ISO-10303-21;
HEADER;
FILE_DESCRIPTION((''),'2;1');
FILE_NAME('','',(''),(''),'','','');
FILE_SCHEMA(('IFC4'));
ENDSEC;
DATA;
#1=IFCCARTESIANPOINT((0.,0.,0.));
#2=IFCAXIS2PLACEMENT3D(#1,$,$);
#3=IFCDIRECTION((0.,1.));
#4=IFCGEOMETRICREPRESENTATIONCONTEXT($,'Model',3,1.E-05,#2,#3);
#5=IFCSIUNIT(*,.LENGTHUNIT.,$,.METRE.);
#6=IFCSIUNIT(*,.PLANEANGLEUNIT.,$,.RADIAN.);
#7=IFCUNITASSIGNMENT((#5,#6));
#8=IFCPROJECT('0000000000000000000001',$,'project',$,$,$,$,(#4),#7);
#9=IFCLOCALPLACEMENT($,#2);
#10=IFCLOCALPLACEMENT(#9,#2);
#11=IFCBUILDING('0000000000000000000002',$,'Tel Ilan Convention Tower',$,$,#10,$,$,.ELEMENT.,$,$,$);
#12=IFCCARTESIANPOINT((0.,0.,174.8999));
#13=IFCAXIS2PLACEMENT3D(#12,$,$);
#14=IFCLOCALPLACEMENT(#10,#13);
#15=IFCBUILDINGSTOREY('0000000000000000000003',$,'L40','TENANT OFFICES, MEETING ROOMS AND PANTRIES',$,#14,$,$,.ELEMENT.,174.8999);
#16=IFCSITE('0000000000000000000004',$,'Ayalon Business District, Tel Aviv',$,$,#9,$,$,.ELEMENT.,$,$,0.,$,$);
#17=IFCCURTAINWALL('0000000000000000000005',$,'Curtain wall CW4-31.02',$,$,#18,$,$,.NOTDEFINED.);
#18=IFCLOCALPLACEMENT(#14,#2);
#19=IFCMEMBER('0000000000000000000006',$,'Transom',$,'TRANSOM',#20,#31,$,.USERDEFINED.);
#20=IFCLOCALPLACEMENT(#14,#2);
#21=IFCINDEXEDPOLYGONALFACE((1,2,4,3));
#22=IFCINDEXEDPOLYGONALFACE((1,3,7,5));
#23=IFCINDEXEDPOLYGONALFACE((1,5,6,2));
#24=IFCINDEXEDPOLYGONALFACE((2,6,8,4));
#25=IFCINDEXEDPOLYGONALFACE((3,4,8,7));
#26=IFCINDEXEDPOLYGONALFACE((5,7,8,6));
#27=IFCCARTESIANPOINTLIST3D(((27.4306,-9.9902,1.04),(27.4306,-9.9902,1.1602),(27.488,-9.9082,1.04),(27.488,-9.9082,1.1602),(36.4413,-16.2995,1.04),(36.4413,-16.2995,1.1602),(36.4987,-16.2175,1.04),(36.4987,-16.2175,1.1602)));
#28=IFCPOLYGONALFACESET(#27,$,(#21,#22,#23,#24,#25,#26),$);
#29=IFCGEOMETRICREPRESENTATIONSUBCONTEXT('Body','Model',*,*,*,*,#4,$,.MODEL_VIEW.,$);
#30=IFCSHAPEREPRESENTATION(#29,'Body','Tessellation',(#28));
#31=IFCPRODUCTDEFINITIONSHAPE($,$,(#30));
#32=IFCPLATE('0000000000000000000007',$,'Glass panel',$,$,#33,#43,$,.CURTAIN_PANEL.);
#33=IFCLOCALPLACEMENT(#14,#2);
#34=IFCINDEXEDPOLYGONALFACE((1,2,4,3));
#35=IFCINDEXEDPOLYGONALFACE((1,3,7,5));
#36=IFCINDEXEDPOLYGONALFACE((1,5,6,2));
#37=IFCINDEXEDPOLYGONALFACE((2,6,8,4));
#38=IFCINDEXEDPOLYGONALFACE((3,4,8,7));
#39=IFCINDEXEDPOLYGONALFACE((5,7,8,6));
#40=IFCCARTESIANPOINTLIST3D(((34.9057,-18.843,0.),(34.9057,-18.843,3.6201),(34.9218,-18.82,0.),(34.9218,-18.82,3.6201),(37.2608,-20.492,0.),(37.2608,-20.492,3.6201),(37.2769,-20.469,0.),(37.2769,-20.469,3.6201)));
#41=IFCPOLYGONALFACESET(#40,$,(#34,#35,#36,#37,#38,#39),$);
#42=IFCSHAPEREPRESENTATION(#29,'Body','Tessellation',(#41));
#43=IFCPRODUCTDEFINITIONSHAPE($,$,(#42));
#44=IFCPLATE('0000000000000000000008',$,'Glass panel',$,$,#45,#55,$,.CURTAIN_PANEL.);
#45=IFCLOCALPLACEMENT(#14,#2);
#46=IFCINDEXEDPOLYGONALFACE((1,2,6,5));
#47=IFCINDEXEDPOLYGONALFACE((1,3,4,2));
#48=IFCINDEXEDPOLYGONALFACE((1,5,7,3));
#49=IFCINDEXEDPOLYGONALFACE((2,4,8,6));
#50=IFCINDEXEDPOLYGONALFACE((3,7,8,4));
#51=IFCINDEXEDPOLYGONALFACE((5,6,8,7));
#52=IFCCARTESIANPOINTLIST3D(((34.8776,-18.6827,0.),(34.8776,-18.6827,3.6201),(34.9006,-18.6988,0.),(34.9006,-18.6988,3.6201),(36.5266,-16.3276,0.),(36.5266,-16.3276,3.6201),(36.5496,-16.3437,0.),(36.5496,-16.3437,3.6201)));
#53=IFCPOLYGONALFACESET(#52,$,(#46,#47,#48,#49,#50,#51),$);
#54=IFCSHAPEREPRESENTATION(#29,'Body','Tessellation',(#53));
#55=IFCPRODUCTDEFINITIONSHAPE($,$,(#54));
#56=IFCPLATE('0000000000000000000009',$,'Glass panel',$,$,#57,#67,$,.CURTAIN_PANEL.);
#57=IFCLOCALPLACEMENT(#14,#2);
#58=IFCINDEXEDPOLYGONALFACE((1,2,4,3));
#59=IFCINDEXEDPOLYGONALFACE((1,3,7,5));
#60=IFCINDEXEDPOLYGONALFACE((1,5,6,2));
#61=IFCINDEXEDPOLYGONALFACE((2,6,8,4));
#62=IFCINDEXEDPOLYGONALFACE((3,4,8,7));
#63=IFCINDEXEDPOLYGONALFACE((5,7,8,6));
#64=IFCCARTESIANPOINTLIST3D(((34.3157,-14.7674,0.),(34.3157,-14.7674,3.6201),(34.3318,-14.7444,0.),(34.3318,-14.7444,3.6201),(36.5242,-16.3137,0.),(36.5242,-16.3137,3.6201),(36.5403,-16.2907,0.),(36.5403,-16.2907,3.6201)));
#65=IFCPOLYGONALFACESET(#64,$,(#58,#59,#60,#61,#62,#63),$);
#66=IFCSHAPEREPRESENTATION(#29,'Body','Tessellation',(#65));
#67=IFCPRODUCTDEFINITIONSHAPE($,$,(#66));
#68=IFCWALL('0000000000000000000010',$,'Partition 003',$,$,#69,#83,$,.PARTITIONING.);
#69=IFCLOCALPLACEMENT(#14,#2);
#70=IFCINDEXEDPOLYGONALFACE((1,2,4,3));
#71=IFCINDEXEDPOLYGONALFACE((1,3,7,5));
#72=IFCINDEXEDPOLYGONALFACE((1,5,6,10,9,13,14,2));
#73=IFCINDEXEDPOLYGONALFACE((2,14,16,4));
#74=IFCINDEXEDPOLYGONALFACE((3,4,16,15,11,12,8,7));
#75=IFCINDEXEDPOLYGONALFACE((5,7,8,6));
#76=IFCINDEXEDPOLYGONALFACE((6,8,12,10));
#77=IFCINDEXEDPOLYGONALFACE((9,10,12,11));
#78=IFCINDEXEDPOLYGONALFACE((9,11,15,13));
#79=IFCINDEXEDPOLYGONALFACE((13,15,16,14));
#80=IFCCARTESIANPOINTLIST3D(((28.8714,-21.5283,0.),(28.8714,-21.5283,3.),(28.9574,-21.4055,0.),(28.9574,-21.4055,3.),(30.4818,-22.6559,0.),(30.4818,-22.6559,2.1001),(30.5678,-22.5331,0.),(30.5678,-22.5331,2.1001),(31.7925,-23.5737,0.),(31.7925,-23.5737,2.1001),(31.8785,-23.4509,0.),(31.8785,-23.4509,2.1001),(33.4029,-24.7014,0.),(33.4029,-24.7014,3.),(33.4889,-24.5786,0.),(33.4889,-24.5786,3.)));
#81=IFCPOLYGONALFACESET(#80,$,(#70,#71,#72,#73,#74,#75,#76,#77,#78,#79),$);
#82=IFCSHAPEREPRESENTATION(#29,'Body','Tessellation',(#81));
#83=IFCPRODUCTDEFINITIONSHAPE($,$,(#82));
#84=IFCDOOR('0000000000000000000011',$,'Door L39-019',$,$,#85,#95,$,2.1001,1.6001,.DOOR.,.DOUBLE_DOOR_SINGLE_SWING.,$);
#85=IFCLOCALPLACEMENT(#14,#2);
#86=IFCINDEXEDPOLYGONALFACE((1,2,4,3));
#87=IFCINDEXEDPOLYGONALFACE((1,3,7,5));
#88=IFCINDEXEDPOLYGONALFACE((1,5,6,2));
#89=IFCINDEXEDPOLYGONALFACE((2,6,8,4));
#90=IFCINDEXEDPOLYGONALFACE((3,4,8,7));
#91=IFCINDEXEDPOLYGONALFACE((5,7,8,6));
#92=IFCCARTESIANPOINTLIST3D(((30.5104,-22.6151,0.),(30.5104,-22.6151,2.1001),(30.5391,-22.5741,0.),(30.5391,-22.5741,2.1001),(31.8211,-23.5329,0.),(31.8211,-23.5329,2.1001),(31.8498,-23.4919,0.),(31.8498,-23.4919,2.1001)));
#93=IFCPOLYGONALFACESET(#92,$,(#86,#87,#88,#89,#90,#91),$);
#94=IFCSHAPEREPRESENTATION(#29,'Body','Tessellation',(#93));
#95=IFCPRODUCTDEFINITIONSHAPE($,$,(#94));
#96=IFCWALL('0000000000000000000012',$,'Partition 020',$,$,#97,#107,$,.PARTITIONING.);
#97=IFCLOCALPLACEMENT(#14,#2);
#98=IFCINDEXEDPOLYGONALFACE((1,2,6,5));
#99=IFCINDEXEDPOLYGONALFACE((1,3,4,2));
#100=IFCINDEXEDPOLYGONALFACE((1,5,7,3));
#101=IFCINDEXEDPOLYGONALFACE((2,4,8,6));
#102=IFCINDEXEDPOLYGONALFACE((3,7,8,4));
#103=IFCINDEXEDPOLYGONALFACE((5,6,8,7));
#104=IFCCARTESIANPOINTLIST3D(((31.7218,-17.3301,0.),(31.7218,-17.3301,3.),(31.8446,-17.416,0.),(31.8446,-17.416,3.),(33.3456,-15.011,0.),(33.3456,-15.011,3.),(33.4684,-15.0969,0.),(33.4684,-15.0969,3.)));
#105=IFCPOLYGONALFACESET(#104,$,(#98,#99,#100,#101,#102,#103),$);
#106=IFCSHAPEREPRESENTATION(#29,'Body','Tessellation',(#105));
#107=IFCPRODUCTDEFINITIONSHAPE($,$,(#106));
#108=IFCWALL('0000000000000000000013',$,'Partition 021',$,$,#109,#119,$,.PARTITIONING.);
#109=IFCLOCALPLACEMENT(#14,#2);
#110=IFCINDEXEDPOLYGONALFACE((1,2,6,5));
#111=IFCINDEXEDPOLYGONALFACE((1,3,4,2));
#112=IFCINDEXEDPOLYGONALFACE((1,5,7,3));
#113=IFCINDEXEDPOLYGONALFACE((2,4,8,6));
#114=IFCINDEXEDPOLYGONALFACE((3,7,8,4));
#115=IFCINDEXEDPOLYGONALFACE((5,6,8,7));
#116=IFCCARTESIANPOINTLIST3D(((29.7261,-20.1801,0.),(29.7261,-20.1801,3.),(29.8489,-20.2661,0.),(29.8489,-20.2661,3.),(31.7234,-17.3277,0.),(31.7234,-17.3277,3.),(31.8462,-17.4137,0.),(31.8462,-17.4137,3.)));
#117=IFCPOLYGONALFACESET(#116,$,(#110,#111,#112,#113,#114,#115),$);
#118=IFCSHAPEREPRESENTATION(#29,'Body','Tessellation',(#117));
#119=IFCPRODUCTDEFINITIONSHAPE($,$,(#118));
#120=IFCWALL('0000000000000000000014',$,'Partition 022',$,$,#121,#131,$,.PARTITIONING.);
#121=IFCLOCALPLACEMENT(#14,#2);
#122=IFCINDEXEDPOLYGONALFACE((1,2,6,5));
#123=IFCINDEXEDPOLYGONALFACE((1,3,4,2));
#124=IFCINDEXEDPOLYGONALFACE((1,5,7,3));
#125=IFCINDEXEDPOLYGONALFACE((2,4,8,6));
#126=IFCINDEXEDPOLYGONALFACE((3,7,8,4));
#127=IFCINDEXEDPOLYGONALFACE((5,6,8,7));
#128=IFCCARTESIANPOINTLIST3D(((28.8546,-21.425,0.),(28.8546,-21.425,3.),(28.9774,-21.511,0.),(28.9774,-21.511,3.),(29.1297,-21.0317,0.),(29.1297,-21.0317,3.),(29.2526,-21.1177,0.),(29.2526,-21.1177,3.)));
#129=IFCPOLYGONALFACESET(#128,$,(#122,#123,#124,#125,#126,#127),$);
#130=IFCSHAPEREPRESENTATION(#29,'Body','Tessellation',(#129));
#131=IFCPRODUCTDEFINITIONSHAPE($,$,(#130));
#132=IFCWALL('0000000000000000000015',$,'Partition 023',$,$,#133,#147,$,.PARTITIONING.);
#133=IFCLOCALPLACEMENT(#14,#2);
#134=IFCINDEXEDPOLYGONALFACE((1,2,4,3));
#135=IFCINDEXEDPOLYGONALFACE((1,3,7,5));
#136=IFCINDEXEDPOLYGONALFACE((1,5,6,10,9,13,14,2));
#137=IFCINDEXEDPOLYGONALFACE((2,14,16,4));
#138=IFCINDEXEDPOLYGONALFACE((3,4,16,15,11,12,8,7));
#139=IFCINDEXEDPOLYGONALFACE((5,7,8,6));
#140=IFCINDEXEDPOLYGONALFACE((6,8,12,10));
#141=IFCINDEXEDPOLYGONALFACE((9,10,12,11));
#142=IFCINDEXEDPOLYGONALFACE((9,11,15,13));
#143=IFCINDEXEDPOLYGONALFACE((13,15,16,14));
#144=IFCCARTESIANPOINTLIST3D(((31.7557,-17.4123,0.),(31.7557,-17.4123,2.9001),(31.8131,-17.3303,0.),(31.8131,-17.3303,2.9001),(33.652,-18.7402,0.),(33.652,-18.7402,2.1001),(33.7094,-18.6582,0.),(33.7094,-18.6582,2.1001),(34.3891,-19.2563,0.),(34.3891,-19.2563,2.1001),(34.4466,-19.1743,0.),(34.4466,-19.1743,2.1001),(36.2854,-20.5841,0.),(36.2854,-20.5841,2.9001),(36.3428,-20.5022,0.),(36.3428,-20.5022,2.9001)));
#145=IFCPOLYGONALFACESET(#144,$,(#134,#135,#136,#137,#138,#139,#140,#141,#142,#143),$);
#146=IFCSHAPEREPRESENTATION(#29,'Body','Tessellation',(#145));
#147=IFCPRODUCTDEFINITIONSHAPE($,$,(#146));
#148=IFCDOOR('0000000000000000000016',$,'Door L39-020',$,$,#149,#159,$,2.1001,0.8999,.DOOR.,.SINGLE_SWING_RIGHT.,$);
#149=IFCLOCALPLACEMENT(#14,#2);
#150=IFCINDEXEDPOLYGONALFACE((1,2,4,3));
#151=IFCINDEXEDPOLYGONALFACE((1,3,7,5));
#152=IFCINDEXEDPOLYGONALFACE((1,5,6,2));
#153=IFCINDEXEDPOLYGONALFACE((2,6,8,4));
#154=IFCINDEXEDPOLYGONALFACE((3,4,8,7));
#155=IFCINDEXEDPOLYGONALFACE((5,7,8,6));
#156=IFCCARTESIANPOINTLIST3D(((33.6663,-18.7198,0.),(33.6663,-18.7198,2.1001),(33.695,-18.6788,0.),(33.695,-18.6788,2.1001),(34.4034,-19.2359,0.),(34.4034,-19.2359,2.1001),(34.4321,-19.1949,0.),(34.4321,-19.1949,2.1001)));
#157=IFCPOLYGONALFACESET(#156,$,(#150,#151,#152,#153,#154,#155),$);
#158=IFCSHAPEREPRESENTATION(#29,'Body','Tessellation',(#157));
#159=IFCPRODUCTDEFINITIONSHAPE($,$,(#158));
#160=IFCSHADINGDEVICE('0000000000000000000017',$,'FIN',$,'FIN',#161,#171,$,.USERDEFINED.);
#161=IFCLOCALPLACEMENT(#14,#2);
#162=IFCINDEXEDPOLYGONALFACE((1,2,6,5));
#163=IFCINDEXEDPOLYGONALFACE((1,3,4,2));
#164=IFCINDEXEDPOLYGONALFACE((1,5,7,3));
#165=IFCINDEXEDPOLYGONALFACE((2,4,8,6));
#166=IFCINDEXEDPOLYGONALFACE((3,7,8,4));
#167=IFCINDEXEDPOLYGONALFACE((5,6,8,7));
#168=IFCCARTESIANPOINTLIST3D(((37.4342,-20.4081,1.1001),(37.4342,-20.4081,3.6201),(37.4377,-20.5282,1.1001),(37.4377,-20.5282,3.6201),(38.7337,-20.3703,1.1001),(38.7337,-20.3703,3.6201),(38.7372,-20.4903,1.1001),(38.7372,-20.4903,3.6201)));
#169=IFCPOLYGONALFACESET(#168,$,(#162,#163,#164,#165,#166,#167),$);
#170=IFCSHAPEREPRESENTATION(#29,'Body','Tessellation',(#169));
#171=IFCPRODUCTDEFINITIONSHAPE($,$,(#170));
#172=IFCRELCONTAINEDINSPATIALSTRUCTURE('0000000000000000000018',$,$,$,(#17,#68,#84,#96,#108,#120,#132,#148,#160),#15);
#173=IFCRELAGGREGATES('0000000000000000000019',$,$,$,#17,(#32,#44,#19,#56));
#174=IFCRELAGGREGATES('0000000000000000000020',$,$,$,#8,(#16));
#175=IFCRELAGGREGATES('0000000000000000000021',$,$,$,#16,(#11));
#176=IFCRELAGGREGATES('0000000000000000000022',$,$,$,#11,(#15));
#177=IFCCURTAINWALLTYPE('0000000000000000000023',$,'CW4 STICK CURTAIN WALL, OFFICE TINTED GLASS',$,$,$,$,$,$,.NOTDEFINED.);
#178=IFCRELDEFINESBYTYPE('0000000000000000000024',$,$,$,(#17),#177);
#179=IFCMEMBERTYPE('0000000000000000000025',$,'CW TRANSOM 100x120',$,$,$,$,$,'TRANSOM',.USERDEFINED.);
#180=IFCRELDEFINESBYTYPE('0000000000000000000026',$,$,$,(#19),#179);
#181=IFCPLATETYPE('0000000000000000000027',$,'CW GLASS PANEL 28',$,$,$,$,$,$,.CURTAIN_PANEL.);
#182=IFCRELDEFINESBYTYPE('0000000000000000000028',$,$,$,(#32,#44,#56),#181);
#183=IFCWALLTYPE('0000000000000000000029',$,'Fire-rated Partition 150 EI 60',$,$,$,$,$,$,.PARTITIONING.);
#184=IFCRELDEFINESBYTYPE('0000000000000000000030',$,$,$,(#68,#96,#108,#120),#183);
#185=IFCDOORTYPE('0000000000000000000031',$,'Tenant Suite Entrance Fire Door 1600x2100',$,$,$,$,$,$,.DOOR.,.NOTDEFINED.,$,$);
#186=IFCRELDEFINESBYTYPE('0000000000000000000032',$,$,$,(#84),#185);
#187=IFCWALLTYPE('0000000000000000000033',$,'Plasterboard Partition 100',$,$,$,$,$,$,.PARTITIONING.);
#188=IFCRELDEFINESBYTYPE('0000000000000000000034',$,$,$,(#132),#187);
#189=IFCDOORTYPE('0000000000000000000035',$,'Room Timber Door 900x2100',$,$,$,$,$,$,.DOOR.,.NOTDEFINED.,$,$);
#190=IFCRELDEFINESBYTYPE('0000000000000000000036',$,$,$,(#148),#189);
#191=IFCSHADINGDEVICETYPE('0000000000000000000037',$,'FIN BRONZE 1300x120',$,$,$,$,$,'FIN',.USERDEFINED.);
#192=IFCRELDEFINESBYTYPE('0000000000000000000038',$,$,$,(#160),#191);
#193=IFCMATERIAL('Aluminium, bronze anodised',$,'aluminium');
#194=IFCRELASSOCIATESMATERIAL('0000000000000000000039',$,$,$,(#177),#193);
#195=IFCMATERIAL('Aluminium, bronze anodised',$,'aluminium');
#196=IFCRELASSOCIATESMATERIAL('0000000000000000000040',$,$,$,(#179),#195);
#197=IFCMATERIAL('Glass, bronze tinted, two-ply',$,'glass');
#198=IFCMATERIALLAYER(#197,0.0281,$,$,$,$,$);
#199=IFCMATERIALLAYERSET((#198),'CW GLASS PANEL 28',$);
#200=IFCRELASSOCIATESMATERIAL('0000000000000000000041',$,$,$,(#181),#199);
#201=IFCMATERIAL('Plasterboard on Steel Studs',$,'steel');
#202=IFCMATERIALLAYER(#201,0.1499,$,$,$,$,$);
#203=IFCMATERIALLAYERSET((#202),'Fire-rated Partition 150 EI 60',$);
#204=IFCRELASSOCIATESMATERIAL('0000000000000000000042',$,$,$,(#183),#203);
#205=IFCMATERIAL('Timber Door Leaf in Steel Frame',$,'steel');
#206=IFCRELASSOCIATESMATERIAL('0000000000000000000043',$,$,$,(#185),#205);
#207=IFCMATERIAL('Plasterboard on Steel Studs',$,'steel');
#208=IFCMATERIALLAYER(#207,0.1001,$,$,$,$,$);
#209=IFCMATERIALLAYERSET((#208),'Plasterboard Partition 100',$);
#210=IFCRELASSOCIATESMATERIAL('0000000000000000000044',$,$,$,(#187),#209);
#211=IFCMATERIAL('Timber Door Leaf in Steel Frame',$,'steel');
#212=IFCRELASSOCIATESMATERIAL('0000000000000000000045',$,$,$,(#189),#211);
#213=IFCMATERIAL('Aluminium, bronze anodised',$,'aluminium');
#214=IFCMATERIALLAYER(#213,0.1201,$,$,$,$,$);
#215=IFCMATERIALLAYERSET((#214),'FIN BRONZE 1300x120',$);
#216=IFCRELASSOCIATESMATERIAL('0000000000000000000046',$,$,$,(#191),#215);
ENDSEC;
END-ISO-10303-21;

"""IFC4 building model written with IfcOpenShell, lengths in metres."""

from ifc_helpers import new_model, si_unit, direction, frame, frame_2d, origin, origin_2d, place, context, subcontext, project, spatial, rectangle, extrude, material, layer, layer_set, material_profile, profile_set, type_object, element, fill, aggregate, save


model = new_model("IFC4")

# Units and contexts
model_context = context("Model", 3, precision=1e-05, world=origin(), true_north=direction((0.0, 1.0)))
body_context = subcontext(model_context, "Body", "Model", "MODEL_VIEW")
ifc_project = project(units=[si_unit("LENGTHUNIT", "METRE"), si_unit("PLANEANGLEUNIT", "RADIAN")], contexts=[model_context])

# Site, building, storey
site_placement = place(None, origin())
site = spatial("IfcSite", under=ifc_project, at=site_placement, Name="Ayalon Business District, Tel Aviv", CompositionType="ELEMENT", RefElevation=0.0)
building_placement = place(site_placement, origin())
building = spatial("IfcBuilding", under=site, at=building_placement, Name="Tel Ilan Convention Tower", CompositionType="ELEMENT")
storey_placement = place(building_placement, frame((0.0, 0.0, 174.8999)))
storey = spatial("IfcBuildingStorey", under=building, at=storey_placement, Name="L40", Description="TENANT OFFICES, MEETING ROOMS AND PANTRIES", CompositionType="ELEMENT", Elevation=174.8999)

# Curtain wall, member, plates
ifc_material_1 = material(Name="Aluminium, bronze anodised", Category="aluminium")
curtain_wall_type = type_object("IfcCurtainWallType", Name="CW4 STICK CURTAIN WALL, OFFICE TINTED GLASS", PredefinedType="NOTDEFINED", material=ifc_material_1)
curtain_wall_placement = place(storey_placement, origin())
curtain_wall = element("IfcCurtainWall", 1, at=curtain_wall_placement, inside=storey, type_object=curtain_wall_type, Name="Curtain wall CW4-31.02", PredefinedType="NOTDEFINED")
ifc_material_2 = material(Name="Aluminium, bronze anodised", Category="aluminium")
ifc_material_profile_1 = material_profile(ifc_material_2, rectangle(XDim=0.1001, YDim=0.1201, at=origin_2d()), Name="CW TRANSOM 100x120")
ifc_profile_set_1 = profile_set([ifc_material_profile_1], Name="Aluminium, bronze anodised")
member_type_1 = type_object("IfcMemberType", Name="CW TRANSOM 100x120", ElementType="TRANSOM", PredefinedType="USERDEFINED", material=ifc_profile_set_1)
member_1_placement = place(storey_placement, frame((36.47, -16.2585, 1.1001), z_axis=(-0.819155, 0.573573, 0.0), x_axis=(-0.573573, -0.819155, 0.0)))
member_1 = element("IfcMember", 2, at=member_1_placement, type_object=member_type_1, Name="Transom", ObjectType="TRANSOM", PredefinedType="USERDEFINED", context=body_context, shape_type="SweptSolid", body=[
    extrude(rectangle(XDim=0.1001, YDim=0.1201, at=origin_2d()), origin(), (0.0, 0.0, 1.0), 11.0),
])
ifc_material_3 = material(Name="Glass, bronze tinted, two-ply", Category="glass")
ifc_layer_1 = layer(ifc_material_3, 0.0281)
ifc_layer_set_1 = layer_set([ifc_layer_1], Name="CW GLASS PANEL 28")
plate_type = type_object("IfcPlateType", Name="CW GLASS PANEL 28", PredefinedType="CURTAIN_PANEL", material=ifc_layer_set_1)
plate_1_placement = place(storey_placement, frame((36.0913, -19.656, 0.0), z_axis=(0.0, 0.0, 1.0), x_axis=(-0.819152, 0.573576, 0.0)))
plate_1 = element("IfcPlate", 3, at=plate_1_placement, type_object=plate_type, Name="Glass panel", PredefinedType="CURTAIN_PANEL", context=body_context, shape_type="SweptSolid", body=[
    extrude(rectangle(XDim=2.875, YDim=0.0281, at=origin_2d()), origin(), (0.0, 0.0, 1.0), 3.6201),
])
plate_2_placement = place(storey_placement, frame((35.7136, -17.5132, 0.0), z_axis=(0.0, 0.0, 1.0), x_axis=(0.573576, 0.819152, 0.0)))
plate_2 = element("IfcPlate", 4, at=plate_2_placement, type_object=plate_type, Name="Glass panel", PredefinedType="CURTAIN_PANEL", context=body_context, shape_type="SweptSolid", body=[
    extrude(rectangle(XDim=2.875, YDim=0.0281, at=origin_2d()), origin(), (0.0, 0.0, 1.0), 3.6201),
])
plate_3_placement = place(storey_placement, frame((35.428, -15.5291, 0.0), z_axis=(0.0, 0.0, 1.0), x_axis=(-0.819152, 0.573576, 0.0)))
plate_3 = element("IfcPlate", 5, at=plate_3_placement, type_object=plate_type, Name="Glass panel", PredefinedType="CURTAIN_PANEL", context=body_context, shape_type="SweptSolid", body=[
    extrude(rectangle(XDim=2.696, YDim=0.0281, at=origin_2d()), origin(), (0.0, 0.0, 1.0), 3.6201),
])
aggregate(curtain_wall, [plate_1, plate_2, member_1, plate_3])

# Wall, opening, door
ifc_material_4 = material(Name="Plasterboard on Steel Studs", Category="steel")
ifc_layer_2 = layer(ifc_material_4, 0.1499)
ifc_layer_set_2 = layer_set([ifc_layer_2], Name="Fire-rated Partition 150 EI 60")
wall_type_1 = type_object("IfcWallType", Name="Fire-rated Partition 150 EI 60", PredefinedType="PARTITIONING", material=ifc_layer_set_2)
wall_1_placement = place(storey_placement, frame((28.9143, -21.4668, 0.0), z_axis=(0.0, 0.0, 1.0), x_axis=(0.819143, -0.57359, 0.0)))
wall_1 = element("IfcWall", 6, at=wall_1_placement, inside=storey, type_object=wall_type_1, Name="Partition 003", PredefinedType="PARTITIONING", context=body_context, shape_type="SweptSolid", body=[
    extrude(rectangle(XDim=5.532, YDim=0.1499, at=frame_2d((2.7661, 0.0))), origin(), (0.0, 0.0, 1.0), 3.0),
])
opening_1_placement = place(wall_1_placement, frame((1.9661, 0.0, 0.0)))
opening_1 = element("IfcOpeningElement", 7, at=opening_1_placement, cuts=wall_1, PredefinedType="OPENING", context=body_context, shape_type="SweptSolid", body=[
    extrude(rectangle(XDim=1.6001, YDim=2.1001, at=frame_2d((0.8, 1.05))), frame((0.0, 0.085, 0.0), z_axis=(0.0, -1.0, 0.0), x_axis=(1.0, 0.0, 0.0)), (0.0, 0.0, 1.0), 0.1699),
])
ifc_material_5 = material(Name="Timber Door Leaf in Steel Frame", Category="steel")
door_type_1 = type_object("IfcDoorType", Name="Tenant Suite Entrance Fire Door 1600x2100", OperationType="NOTDEFINED", PredefinedType="DOOR", material=ifc_material_5)
door_1_placement = place(opening_1_placement, origin())
door_1 = element("IfcDoor", 8, at=door_1_placement, inside=storey, type_object=door_type_1, Name="Door L39-019", OperationType="DOUBLE_DOOR_SINGLE_SWING", OverallHeight=2.1001, OverallWidth=1.6001, PredefinedType="DOOR", context=body_context, shape_type="SweptSolid", body=[
    extrude(rectangle(XDim=1.6001, YDim=2.1001, at=frame_2d((0.8, 1.05))), frame((0.0, 0.0249, 0.0), z_axis=(0.0, -1.0, 0.0), x_axis=(1.0, 0.0, 0.0)), (0.0, 0.0, 1.0), 0.05),
])
fill(opening_1, door_1)

# Walls
wall_2_placement = place(storey_placement, frame((33.407, -15.054, 0.0), z_axis=(0.0, 0.0, 1.0), x_axis=(-0.573561, -0.819163, 0.0)))
element("IfcWall", 9, at=wall_2_placement, inside=storey, type_object=wall_type_1, Name="Partition 020", PredefinedType="PARTITIONING", context=body_context, shape_type="SweptSolid", body=[
    extrude(rectangle(XDim=2.8311, YDim=0.1499, at=frame_2d((1.4155, 0.0))), origin(), (0.0, 0.0, 1.0), 3.0),
])
wall_3_placement = place(storey_placement, frame((31.7849, -17.3706, 0.0), z_axis=(0.0, 0.0, 1.0), x_axis=(-0.573599, -0.819136, 0.0)))
element("IfcWall", 10, at=wall_3_placement, inside=storey, type_object=wall_type_1, Name="Partition 021", PredefinedType="PARTITIONING", context=body_context, shape_type="SweptSolid", body=[
    extrude(rectangle(XDim=3.4822, YDim=0.1499, at=frame_2d((1.7412, 0.0))), origin(), (0.0, 0.0, 1.0), 3.0),
])
wall_4_placement = place(storey_placement, frame((29.1912, -21.0747, 0.0), z_axis=(0.0, 0.0, 1.0), x_axis=(-0.573223, -0.819399, 0.0)))
element("IfcWall", 11, at=wall_4_placement, inside=storey, type_object=wall_type_1, Name="Partition 022", PredefinedType="PARTITIONING", context=body_context, shape_type="SweptSolid", body=[
    extrude(rectangle(XDim=0.48, YDim=0.1499, at=frame_2d((0.24, 0.0))), origin(), (0.0, 0.0, 1.0), 3.0),
])

# Wall, opening, door
ifc_material_6 = material(Name="Plasterboard on Steel Studs", Category="steel")
ifc_layer_3 = layer(ifc_material_6, 0.1001)
ifc_layer_set_3 = layer_set([ifc_layer_3], Name="Plasterboard Partition 100")
wall_type_2 = type_object("IfcWallType", Name="Plasterboard Partition 100", PredefinedType="PARTITIONING", material=ifc_layer_set_3)
wall_5_placement = place(storey_placement, frame((31.7844, -17.3713, 0.0), z_axis=(0.0, 0.0, 1.0), x_axis=(0.819145, -0.573587, 0.0)))
wall_5 = element("IfcWall", 12, at=wall_5_placement, inside=storey, type_object=wall_type_2, Name="Partition 023", PredefinedType="PARTITIONING", context=body_context, shape_type="SweptSolid", body=[
    extrude(rectangle(XDim=5.5298, YDim=0.1001, at=frame_2d((2.7649, 0.0))), origin(), (0.0, 0.0, 1.0), 2.9001),
])
opening_2_placement = place(wall_5_placement, frame((2.3149, 0.0, 0.0)))
opening_2 = element("IfcOpeningElement", 13, at=opening_2_placement, cuts=wall_5, PredefinedType="OPENING", context=body_context, shape_type="SweptSolid", body=[
    extrude(rectangle(XDim=0.8999, YDim=2.1001, at=frame_2d((0.45, 1.05))), frame((0.0, 0.0601, 0.0), z_axis=(0.0, -1.0, 0.0), x_axis=(1.0, 0.0, 0.0)), (0.0, 0.0, 1.0), 0.1201),
])
ifc_material_7 = material(Name="Timber Door Leaf in Steel Frame", Category="steel")
door_type_2 = type_object("IfcDoorType", Name="Room Timber Door 900x2100", OperationType="NOTDEFINED", PredefinedType="DOOR", material=ifc_material_7)
door_2_placement = place(opening_2_placement, origin())
door_2 = element("IfcDoor", 14, at=door_2_placement, inside=storey, type_object=door_type_2, Name="Door L39-020", OperationType="SINGLE_SWING_RIGHT", OverallHeight=2.1001, OverallWidth=0.8999, PredefinedType="DOOR", context=body_context, shape_type="SweptSolid", body=[
    extrude(rectangle(XDim=0.8999, YDim=2.1001, at=frame_2d((0.45, 1.05))), frame((0.0, 0.0249, 0.0), z_axis=(0.0, -1.0, 0.0), x_axis=(1.0, 0.0, 0.0)), (0.0, 0.0, 1.0), 0.05),
])
fill(opening_2, door_2)

# Shading device
ifc_material_8 = material(Name="Aluminium, bronze anodised", Category="aluminium")
ifc_layer_4 = layer(ifc_material_8, 0.1201)
ifc_layer_set_4 = layer_set([ifc_layer_4], Name="FIN BRONZE 1300x120")
shading_device_type = type_object("IfcShadingDeviceType", Name="FIN BRONZE 1300x120", ElementType="FIN", PredefinedType="USERDEFINED", material=ifc_layer_set_4)
for number, where, z_axis, x_axis, name in (
    (15, (38.0857, -20.4492, 1.1001), (0.0, 0.0, 1.0), (0.999577, 0.029085, 0.0), "FIN"),
):
    element("IfcShadingDevice", number, at=place(storey_placement, frame(where, z_axis=z_axis, x_axis=x_axis)), inside=storey, type_object=shading_device_type, Name=name, ObjectType="FIN", PredefinedType="USERDEFINED", context=body_context, shape_type="SweptSolid", body=[
        extrude(rectangle(XDim=1.3, YDim=0.1201, at=origin_2d()), origin(), (0.0, 0.0, 1.0), 2.52),
    ])

save(model, "model.ifc")
